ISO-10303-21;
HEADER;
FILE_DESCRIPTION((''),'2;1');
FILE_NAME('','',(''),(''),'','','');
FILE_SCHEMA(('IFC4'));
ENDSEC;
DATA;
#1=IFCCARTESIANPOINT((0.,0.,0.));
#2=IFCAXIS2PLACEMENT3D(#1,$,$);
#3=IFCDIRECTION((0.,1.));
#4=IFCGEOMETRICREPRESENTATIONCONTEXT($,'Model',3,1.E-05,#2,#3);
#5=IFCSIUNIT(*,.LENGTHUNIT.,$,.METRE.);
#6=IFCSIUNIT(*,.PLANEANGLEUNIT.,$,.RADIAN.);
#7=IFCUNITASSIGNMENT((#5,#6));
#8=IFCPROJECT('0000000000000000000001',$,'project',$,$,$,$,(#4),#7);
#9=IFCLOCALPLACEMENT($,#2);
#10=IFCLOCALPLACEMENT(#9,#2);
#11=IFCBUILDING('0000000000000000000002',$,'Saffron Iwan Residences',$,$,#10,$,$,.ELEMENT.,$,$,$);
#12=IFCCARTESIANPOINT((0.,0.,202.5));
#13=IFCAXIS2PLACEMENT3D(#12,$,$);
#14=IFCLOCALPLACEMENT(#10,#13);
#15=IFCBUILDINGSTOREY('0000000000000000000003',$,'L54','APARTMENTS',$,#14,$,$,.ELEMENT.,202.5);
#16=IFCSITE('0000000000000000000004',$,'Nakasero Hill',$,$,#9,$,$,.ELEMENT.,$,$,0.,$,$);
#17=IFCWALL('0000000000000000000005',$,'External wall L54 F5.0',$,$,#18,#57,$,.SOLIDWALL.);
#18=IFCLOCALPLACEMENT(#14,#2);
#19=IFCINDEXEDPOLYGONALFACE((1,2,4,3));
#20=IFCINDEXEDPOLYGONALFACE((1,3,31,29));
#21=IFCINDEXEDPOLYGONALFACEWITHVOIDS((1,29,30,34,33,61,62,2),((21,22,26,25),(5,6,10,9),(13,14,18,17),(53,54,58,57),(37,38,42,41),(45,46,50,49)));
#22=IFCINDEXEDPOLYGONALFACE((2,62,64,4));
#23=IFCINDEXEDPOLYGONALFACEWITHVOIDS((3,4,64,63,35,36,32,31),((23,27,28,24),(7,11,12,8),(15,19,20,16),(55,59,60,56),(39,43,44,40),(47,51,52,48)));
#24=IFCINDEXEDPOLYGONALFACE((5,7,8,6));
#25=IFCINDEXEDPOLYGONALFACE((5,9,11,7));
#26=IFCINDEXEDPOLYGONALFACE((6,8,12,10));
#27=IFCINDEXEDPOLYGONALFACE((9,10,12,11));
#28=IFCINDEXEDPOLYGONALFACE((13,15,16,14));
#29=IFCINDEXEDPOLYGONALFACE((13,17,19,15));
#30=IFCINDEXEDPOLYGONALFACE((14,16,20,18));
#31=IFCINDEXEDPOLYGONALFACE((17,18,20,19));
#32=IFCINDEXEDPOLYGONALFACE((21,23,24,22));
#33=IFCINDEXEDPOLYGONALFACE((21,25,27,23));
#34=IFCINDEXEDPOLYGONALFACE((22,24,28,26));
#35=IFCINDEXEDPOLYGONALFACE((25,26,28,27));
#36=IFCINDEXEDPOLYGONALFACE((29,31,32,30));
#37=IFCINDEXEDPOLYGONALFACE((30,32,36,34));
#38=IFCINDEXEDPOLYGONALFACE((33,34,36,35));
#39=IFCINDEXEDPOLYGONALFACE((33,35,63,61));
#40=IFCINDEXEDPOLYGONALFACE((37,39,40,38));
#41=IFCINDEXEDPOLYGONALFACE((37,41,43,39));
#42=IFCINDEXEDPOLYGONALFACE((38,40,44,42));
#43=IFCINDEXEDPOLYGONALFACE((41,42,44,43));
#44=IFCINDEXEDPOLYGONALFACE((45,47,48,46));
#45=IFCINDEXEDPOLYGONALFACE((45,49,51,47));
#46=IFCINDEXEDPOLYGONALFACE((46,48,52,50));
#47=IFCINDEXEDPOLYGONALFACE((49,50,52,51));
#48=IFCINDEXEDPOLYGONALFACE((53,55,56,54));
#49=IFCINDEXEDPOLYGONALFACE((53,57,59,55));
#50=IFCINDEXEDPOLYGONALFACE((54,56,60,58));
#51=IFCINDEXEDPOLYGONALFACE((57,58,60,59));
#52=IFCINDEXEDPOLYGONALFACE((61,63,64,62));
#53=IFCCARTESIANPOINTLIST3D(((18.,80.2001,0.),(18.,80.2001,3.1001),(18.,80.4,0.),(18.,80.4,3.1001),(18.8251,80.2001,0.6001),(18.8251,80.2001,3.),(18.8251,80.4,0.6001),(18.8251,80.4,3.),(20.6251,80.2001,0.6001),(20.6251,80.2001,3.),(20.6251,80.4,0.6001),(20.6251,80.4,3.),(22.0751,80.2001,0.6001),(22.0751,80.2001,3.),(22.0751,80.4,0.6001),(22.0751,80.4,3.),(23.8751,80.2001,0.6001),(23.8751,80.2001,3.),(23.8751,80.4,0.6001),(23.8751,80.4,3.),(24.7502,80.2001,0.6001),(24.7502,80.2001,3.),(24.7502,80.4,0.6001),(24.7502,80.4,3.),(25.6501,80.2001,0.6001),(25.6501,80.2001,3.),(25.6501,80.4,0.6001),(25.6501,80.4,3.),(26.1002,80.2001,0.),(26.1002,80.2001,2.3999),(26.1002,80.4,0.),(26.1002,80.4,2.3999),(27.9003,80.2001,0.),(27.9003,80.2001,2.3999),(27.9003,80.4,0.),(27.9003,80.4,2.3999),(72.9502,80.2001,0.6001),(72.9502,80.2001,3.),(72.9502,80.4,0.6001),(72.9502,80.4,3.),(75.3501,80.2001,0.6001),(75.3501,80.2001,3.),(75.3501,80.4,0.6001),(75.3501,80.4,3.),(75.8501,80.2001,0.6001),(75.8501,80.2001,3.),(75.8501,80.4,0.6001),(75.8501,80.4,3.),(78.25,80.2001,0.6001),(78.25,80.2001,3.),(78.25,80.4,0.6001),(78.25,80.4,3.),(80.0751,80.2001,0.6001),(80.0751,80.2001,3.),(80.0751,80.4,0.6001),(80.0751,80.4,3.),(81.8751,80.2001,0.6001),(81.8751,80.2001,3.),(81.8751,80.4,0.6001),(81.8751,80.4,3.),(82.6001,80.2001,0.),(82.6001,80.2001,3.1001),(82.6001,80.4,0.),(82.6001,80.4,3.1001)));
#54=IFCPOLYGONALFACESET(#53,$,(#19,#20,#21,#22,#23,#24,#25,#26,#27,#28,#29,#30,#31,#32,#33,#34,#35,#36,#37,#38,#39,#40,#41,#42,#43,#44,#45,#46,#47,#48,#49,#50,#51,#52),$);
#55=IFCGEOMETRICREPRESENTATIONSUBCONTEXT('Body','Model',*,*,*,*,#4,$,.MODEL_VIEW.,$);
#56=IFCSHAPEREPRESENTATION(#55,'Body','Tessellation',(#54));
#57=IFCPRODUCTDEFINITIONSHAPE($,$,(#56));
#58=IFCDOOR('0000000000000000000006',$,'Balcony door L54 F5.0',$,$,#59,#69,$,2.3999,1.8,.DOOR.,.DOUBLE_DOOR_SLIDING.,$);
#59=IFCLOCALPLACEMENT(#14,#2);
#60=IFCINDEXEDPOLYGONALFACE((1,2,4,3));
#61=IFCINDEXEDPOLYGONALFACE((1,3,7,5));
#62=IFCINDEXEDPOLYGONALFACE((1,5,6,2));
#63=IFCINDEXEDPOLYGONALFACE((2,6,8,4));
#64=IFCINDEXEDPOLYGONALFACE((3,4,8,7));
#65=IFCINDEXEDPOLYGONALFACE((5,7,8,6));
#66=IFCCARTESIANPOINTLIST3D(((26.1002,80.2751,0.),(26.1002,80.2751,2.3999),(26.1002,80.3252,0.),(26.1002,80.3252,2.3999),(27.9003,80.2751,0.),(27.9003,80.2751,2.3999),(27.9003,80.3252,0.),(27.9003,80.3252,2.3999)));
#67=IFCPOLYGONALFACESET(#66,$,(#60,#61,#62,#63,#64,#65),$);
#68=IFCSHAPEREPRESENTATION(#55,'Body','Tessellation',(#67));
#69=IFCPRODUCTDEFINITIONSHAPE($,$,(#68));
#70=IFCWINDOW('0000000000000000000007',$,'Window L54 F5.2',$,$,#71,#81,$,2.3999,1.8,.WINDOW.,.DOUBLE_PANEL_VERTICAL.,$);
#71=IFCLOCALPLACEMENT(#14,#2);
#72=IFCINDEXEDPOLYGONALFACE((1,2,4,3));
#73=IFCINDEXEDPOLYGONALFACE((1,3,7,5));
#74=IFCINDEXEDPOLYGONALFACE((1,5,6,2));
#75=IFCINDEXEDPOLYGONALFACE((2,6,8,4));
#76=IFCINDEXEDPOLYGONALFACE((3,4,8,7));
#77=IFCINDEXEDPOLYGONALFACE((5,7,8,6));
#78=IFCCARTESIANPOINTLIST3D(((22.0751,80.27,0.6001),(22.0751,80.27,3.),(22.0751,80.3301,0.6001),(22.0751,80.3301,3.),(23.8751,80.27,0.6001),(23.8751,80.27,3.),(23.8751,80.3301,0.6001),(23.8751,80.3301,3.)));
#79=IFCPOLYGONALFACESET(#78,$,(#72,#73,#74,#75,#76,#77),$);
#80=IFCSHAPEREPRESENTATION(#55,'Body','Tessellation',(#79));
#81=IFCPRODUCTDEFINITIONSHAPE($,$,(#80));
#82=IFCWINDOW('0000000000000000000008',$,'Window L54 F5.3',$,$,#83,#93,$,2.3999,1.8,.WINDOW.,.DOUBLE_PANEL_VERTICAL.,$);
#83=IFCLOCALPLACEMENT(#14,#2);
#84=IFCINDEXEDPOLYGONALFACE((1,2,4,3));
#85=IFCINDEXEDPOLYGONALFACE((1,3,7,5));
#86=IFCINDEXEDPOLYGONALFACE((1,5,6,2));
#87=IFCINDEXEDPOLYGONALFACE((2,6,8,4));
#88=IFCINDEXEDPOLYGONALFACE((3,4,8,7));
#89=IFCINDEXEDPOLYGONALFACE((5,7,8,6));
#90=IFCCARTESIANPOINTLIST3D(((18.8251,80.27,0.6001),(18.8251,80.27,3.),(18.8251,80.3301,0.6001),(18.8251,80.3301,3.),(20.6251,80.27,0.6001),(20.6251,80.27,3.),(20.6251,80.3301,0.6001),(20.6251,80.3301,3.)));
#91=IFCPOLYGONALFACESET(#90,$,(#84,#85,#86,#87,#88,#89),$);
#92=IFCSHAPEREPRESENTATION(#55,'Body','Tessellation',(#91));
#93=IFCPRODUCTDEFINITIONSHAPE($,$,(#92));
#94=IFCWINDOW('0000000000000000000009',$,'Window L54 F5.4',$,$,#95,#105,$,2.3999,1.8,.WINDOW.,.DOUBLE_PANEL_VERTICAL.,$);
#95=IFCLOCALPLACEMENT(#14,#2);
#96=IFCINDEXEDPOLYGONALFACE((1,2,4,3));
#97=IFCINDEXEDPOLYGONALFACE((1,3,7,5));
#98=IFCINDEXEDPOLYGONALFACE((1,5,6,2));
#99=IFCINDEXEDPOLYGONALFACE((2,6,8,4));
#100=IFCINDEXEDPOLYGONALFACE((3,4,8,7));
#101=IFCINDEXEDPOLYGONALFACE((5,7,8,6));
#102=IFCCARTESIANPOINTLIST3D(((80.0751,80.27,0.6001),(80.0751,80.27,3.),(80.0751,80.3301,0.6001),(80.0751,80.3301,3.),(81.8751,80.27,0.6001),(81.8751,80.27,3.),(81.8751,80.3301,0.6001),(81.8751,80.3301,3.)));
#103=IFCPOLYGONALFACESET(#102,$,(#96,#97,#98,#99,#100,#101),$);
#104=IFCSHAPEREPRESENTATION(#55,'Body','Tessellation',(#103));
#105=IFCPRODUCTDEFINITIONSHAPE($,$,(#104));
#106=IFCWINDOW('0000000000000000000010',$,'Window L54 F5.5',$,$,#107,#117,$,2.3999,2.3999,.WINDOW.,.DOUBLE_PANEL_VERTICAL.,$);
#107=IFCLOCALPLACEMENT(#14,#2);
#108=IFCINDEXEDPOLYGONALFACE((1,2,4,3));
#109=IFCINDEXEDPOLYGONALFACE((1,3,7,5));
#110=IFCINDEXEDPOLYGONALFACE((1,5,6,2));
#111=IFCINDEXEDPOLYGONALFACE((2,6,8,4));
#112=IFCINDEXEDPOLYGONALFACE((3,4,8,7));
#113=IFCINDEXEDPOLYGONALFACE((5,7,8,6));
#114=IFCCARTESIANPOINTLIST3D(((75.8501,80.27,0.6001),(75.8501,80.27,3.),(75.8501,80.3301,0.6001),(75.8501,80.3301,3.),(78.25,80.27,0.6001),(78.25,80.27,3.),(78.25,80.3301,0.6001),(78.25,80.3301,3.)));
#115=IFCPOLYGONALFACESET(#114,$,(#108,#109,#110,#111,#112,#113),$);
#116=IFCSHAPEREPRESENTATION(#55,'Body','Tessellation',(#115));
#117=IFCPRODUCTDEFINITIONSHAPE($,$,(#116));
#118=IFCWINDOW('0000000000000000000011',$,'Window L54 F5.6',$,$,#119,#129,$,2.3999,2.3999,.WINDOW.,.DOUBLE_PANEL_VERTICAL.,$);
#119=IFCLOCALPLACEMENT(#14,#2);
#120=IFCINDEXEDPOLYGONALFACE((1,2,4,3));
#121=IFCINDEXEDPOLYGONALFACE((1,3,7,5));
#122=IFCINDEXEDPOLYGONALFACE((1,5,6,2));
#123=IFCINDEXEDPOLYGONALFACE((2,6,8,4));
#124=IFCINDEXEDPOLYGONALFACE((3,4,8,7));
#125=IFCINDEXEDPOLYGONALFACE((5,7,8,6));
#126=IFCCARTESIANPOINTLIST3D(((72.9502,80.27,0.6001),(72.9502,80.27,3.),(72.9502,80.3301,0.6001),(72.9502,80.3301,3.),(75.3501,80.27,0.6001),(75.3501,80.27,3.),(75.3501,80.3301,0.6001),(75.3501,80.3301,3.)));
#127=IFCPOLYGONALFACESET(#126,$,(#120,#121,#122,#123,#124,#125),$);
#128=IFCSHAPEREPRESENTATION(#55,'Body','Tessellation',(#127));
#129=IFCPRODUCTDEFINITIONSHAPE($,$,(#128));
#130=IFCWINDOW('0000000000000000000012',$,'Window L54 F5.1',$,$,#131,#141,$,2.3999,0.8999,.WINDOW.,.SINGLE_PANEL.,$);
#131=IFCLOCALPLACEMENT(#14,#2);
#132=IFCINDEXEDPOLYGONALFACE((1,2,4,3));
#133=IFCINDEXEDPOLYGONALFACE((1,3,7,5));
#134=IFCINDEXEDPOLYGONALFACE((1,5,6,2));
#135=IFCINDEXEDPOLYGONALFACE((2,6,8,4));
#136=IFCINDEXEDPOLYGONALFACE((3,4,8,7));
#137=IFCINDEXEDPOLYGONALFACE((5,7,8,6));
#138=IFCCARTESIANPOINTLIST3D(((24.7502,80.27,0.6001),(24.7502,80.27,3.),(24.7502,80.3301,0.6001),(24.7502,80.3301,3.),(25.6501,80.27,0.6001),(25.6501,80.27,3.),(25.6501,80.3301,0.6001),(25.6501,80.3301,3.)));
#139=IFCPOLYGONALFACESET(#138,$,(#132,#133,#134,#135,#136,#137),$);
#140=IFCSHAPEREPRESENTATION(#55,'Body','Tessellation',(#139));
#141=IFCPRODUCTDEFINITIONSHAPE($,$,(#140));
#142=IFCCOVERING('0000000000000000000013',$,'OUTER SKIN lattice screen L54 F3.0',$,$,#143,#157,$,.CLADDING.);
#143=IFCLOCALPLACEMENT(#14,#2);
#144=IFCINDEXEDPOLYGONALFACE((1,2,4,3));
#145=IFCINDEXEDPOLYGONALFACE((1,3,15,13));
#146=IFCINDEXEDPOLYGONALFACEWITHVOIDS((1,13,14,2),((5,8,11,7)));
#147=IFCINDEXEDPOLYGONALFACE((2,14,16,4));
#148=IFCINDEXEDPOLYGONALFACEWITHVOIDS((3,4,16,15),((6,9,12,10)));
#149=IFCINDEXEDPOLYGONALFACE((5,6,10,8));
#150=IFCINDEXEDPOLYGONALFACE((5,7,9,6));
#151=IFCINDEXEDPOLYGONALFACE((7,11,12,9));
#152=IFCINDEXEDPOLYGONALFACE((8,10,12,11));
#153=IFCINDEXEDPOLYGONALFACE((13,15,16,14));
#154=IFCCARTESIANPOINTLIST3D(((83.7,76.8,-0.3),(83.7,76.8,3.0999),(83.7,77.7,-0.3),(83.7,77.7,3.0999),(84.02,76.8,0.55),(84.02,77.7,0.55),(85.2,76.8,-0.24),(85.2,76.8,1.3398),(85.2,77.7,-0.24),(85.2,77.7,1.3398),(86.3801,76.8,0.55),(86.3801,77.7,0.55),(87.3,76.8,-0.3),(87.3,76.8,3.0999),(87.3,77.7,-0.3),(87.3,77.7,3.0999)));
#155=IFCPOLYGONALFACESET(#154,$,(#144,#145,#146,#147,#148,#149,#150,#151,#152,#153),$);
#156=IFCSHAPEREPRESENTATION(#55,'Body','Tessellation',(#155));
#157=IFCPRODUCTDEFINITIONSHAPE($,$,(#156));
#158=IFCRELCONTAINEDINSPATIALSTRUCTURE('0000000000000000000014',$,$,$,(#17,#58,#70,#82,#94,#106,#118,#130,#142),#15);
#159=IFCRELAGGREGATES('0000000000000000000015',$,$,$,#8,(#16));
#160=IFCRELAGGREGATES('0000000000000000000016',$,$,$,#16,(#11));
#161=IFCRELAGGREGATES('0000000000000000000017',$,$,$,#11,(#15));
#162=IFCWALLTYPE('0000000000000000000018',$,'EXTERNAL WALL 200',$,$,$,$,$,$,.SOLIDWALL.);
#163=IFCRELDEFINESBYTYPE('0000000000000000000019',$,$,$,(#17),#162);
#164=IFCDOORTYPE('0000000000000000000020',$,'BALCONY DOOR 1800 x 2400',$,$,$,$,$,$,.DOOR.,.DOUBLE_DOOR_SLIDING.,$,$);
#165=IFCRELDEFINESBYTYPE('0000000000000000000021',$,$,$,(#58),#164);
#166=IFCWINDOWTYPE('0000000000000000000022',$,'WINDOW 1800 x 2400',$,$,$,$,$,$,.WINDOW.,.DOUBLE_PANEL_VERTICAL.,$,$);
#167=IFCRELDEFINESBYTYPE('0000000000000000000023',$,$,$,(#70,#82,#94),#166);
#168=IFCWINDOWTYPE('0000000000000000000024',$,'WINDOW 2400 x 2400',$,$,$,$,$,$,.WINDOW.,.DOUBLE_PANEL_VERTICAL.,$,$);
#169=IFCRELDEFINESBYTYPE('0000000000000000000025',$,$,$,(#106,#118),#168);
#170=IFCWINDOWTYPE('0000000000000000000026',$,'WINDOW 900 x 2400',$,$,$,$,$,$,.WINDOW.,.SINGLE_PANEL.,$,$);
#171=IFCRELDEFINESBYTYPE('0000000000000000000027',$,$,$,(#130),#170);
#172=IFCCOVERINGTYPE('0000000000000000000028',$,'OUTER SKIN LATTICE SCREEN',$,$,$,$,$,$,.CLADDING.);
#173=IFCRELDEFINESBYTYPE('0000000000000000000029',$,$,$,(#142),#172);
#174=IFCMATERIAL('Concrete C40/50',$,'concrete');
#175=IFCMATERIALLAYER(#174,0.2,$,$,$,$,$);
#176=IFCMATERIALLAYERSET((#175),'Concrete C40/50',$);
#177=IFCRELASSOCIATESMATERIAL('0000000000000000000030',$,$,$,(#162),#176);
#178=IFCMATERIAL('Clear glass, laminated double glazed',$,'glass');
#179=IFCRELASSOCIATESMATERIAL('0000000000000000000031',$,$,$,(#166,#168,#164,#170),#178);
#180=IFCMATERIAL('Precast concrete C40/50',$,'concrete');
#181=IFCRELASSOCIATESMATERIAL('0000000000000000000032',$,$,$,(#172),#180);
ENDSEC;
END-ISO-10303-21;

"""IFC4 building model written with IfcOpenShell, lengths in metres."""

from ifc_helpers import new_model, si_unit, direction, frame, frame_2d, origin, place, context, subcontext, project, spatial, polyline, rectangle, outline, extrude, material, layer, layer_set, type_object, element, fill, save


model = new_model("IFC4")

# Units and contexts
model_context = context("Model", 3, precision=1e-05, world=origin(), true_north=direction((0.0, 1.0)))
body_context = subcontext(model_context, "Body", "Model", "MODEL_VIEW")
ifc_project = project(units=[si_unit("LENGTHUNIT", "METRE"), si_unit("PLANEANGLEUNIT", "RADIAN")], contexts=[model_context])

# Site, building, storey
site_placement = place(None, origin())
site = spatial("IfcSite", under=ifc_project, at=site_placement, Name="Nakasero Hill", CompositionType="ELEMENT", RefElevation=0.0)
building_placement = place(site_placement, origin())
building = spatial("IfcBuilding", under=site, at=building_placement, Name="Saffron Iwan Residences", CompositionType="ELEMENT")
storey_placement = place(building_placement, frame((0.0, 0.0, 202.5)))
storey = spatial("IfcBuildingStorey", under=building, at=storey_placement, Name="L54", Description="APARTMENTS", CompositionType="ELEMENT", Elevation=202.5)

# Shared definitions
ifc_material_1 = material(Name="Concrete C40/50", Category="concrete")
ifc_layer = layer(ifc_material_1, 0.2)
ifc_layer_set = layer_set([ifc_layer], Name="Concrete C40/50")
wall_type = type_object("IfcWallType", Name="EXTERNAL WALL 200", PredefinedType="SOLIDWALL", material=ifc_layer_set)
ifc_material_2 = material(Name="Clear glass, laminated double glazed", Category="glass")
window_type_1 = type_object("IfcWindowType", Name="WINDOW 1800 x 2400", PartitioningType="DOUBLE_PANEL_VERTICAL", PredefinedType="WINDOW", material=ifc_material_2)
window_type_2 = type_object("IfcWindowType", Name="WINDOW 2400 x 2400", PartitioningType="DOUBLE_PANEL_VERTICAL", PredefinedType="WINDOW", material=ifc_material_2)

# Wall, openings, door, windows
wall_1_placement = place(storey_placement, frame((82.6001, 80.3, 0.0), z_axis=(0.0, 0.0, 1.0), x_axis=(-1.0, 0.0, 0.0)))
wall_1 = element("IfcWall", 1, at=wall_1_placement, inside=storey, type_object=wall_type, Name="External wall L54 F5.0", PredefinedType="SOLIDWALL", context=body_context, shape_type="SweptSolid", body=[
    extrude(rectangle(XDim=64.6001, YDim=0.2, at=frame_2d((32.3, 0.0))), origin(), (0.0, 0.0, 1.0), 3.1001),
])
opening_1_placement = place(wall_1_placement, frame((54.7, 0.0, 0.0)))
opening_1 = element("IfcOpeningElement", 2, at=opening_1_placement, cuts=wall_1, PredefinedType="OPENING", context=body_context, shape_type="SweptSolid", body=[
    extrude(rectangle(XDim=1.8, YDim=2.3999, at=frame_2d((0.8999, 1.2))), frame((0.0, 0.1099, 0.0), z_axis=(0.0, -1.0, 0.0), x_axis=(1.0, 0.0, 0.0)), (0.0, 0.0, 1.0), 0.22),
])
opening_2_placement = place(wall_1_placement, frame((56.95, 0.0, 0.6001)))
opening_2 = element("IfcOpeningElement", 3, at=opening_2_placement, cuts=wall_1, PredefinedType="OPENING", context=body_context, shape_type="SweptSolid", body=[
    extrude(rectangle(XDim=0.8999, YDim=2.3999, at=frame_2d((0.45, 1.2))), frame((0.0, 0.1099, 0.0), z_axis=(0.0, -1.0, 0.0), x_axis=(1.0, 0.0, 0.0)), (0.0, 0.0, 1.0), 0.22),
])
opening_3_placement = place(wall_1_placement, frame((58.7251, 0.0, 0.6001)))
opening_3 = element("IfcOpeningElement", 4, at=opening_3_placement, cuts=wall_1, PredefinedType="OPENING", context=body_context, shape_type="SweptSolid", body=[
    extrude(rectangle(XDim=1.8, YDim=2.3999, at=frame_2d((0.8999, 1.2))), frame((0.0, 0.1099, 0.0), z_axis=(0.0, -1.0, 0.0), x_axis=(1.0, 0.0, 0.0)), (0.0, 0.0, 1.0), 0.22),
])
opening_4_placement = place(wall_1_placement, frame((61.9751, 0.0, 0.6001)))
opening_4 = element("IfcOpeningElement", 5, at=opening_4_placement, cuts=wall_1, PredefinedType="OPENING", context=body_context, shape_type="SweptSolid", body=[
    extrude(rectangle(XDim=1.8, YDim=2.3999, at=frame_2d((0.8999, 1.2))), frame((0.0, 0.1099, 0.0), z_axis=(0.0, -1.0, 0.0), x_axis=(1.0, 0.0, 0.0)), (0.0, 0.0, 1.0), 0.22),
])
opening_5_placement = place(wall_1_placement, frame((0.7251, 0.0, 0.6001)))
opening_5 = element("IfcOpeningElement", 6, at=opening_5_placement, cuts=wall_1, PredefinedType="OPENING", context=body_context, shape_type="SweptSolid", body=[
    extrude(rectangle(XDim=1.8, YDim=2.3999, at=frame_2d((0.8999, 1.2))), frame((0.0, 0.1099, 0.0), z_axis=(0.0, -1.0, 0.0), x_axis=(1.0, 0.0, 0.0)), (0.0, 0.0, 1.0), 0.22),
])
opening_6_placement = place(wall_1_placement, frame((4.3501, 0.0, 0.6001)))
opening_6 = element("IfcOpeningElement", 7, at=opening_6_placement, cuts=wall_1, PredefinedType="OPENING", context=body_context, shape_type="SweptSolid", body=[
    extrude(rectangle(XDim=2.3999, YDim=2.3999, at=frame_2d((1.2, 1.2))), frame((0.0, 0.1099, 0.0), z_axis=(0.0, -1.0, 0.0), x_axis=(1.0, 0.0, 0.0)), (0.0, 0.0, 1.0), 0.22),
])
opening_7_placement = place(wall_1_placement, frame((7.25, 0.0, 0.6001)))
opening_7 = element("IfcOpeningElement", 8, at=opening_7_placement, cuts=wall_1, PredefinedType="OPENING", context=body_context, shape_type="SweptSolid", body=[
    extrude(rectangle(XDim=2.3999, YDim=2.3999, at=frame_2d((1.2, 1.2))), frame((0.0, 0.1099, 0.0), z_axis=(0.0, -1.0, 0.0), x_axis=(1.0, 0.0, 0.0)), (0.0, 0.0, 1.0), 0.22),
])
door_type = type_object("IfcDoorType", Name="BALCONY DOOR 1800 x 2400", OperationType="DOUBLE_DOOR_SLIDING", PredefinedType="DOOR", material=ifc_material_2)
door_placement = place(opening_1_placement, origin())
door = element("IfcDoor", 9, at=door_placement, inside=storey, type_object=door_type, Name="Balcony door L54 F5.0", OperationType="DOUBLE_DOOR_SLIDING", OverallHeight=2.3999, OverallWidth=1.8, PredefinedType="DOOR", context=body_context, shape_type="SweptSolid", body=[
    extrude(rectangle(XDim=1.8, YDim=2.3999, at=frame_2d((0.8999, 1.2))), frame((0.0, 0.0249, 0.0), z_axis=(0.0, -1.0, 0.0), x_axis=(1.0, 0.0, 0.0)), (0.0, 0.0, 1.0), 0.05),
])
fill(opening_1, door)
window_1_placement = place(opening_3_placement, origin())
window_1 = element("IfcWindow", 10, at=window_1_placement, inside=storey, type_object=window_type_1, Name="Window L54 F5.2", OverallHeight=2.3999, OverallWidth=1.8, PartitioningType="DOUBLE_PANEL_VERTICAL", PredefinedType="WINDOW", context=body_context, shape_type="SweptSolid", body=[
    extrude(rectangle(XDim=1.8, YDim=2.3999, at=frame_2d((0.8999, 1.2))), frame((0.0, 0.03, 0.0), z_axis=(0.0, -1.0, 0.0), x_axis=(1.0, 0.0, 0.0)), (0.0, 0.0, 1.0), 0.0601),
])
fill(opening_3, window_1)
window_2_placement = place(opening_4_placement, origin())
window_2 = element("IfcWindow", 11, at=window_2_placement, inside=storey, type_object=window_type_1, Name="Window L54 F5.3", OverallHeight=2.3999, OverallWidth=1.8, PartitioningType="DOUBLE_PANEL_VERTICAL", PredefinedType="WINDOW", context=body_context, shape_type="SweptSolid", body=[
    extrude(rectangle(XDim=1.8, YDim=2.3999, at=frame_2d((0.8999, 1.2))), frame((0.0, 0.03, 0.0), z_axis=(0.0, -1.0, 0.0), x_axis=(1.0, 0.0, 0.0)), (0.0, 0.0, 1.0), 0.0601),
])
fill(opening_4, window_2)
window_3_placement = place(opening_5_placement, origin())
window_3 = element("IfcWindow", 12, at=window_3_placement, inside=storey, type_object=window_type_1, Name="Window L54 F5.4", OverallHeight=2.3999, OverallWidth=1.8, PartitioningType="DOUBLE_PANEL_VERTICAL", PredefinedType="WINDOW", context=body_context, shape_type="SweptSolid", body=[
    extrude(rectangle(XDim=1.8, YDim=2.3999, at=frame_2d((0.8999, 1.2))), frame((0.0, 0.03, 0.0), z_axis=(0.0, -1.0, 0.0), x_axis=(1.0, 0.0, 0.0)), (0.0, 0.0, 1.0), 0.0601),
])
fill(opening_5, window_3)
window_4_placement = place(opening_6_placement, origin())
window_4 = element("IfcWindow", 13, at=window_4_placement, inside=storey, type_object=window_type_2, Name="Window L54 F5.5", OverallHeight=2.3999, OverallWidth=2.3999, PartitioningType="DOUBLE_PANEL_VERTICAL", PredefinedType="WINDOW", context=body_context, shape_type="SweptSolid", body=[
    extrude(rectangle(XDim=2.3999, YDim=2.3999, at=frame_2d((1.2, 1.2))), frame((0.0, 0.03, 0.0), z_axis=(0.0, -1.0, 0.0), x_axis=(1.0, 0.0, 0.0)), (0.0, 0.0, 1.0), 0.0601),
])
fill(opening_6, window_4)
window_5_placement = place(opening_7_placement, origin())
window_5 = element("IfcWindow", 14, at=window_5_placement, inside=storey, type_object=window_type_2, Name="Window L54 F5.6", OverallHeight=2.3999, OverallWidth=2.3999, PartitioningType="DOUBLE_PANEL_VERTICAL", PredefinedType="WINDOW", context=body_context, shape_type="SweptSolid", body=[
    extrude(rectangle(XDim=2.3999, YDim=2.3999, at=frame_2d((1.2, 1.2))), frame((0.0, 0.03, 0.0), z_axis=(0.0, -1.0, 0.0), x_axis=(1.0, 0.0, 0.0)), (0.0, 0.0, 1.0), 0.0601),
])
fill(opening_7, window_5)
window_type_3 = type_object("IfcWindowType", Name="WINDOW 900 x 2400", PartitioningType="SINGLE_PANEL", PredefinedType="WINDOW", material=ifc_material_2)
window_6_placement = place(opening_2_placement, origin())
window_6 = element("IfcWindow", 15, at=window_6_placement, inside=storey, type_object=window_type_3, Name="Window L54 F5.1", OverallHeight=2.3999, OverallWidth=0.8999, PartitioningType="SINGLE_PANEL", PredefinedType="WINDOW", context=body_context, shape_type="SweptSolid", body=[
    extrude(rectangle(XDim=0.8999, YDim=2.3999, at=frame_2d((0.45, 1.2))), frame((0.0, 0.03, 0.0), z_axis=(0.0, -1.0, 0.0), x_axis=(1.0, 0.0, 0.0)), (0.0, 0.0, 1.0), 0.0601),
])
fill(opening_2, window_6)

# Covering
ifc_material_3 = material(Name="Precast concrete C40/50", Category="concrete")
covering_type_1 = type_object("IfcCoveringType", Name="OUTER SKIN LATTICE SCREEN", PredefinedType="CLADDING", material=ifc_material_3)
covering_1_placement = place(storey_placement, frame((87.3, 76.8, -0.3), z_axis=(0.0, 1.0, 0.0), x_axis=(-1.0, 0.0, 0.0)))
element("IfcCovering", 16, at=covering_1_placement, inside=storey, type_object=covering_type_1, Name="OUTER SKIN lattice screen L54 F3.0", PredefinedType="CLADDING", context=body_context, shape_type="SweptSolid", body=[
    extrude(outline(polyline([(0.0, 0.0), (3.6001, 0.0), (3.6001, 3.3999), (0.0, 3.3999), (0.0, 0.0)]), holes=[polyline([(0.9199, 0.8501), (2.1001, 0.0601), (3.28, 0.8501), (2.1001, 1.6399), (0.9199, 0.8501)])]), origin(), (0.0, 0.0, 1.0), 0.8999),
])

save(model, "model.ifc")
